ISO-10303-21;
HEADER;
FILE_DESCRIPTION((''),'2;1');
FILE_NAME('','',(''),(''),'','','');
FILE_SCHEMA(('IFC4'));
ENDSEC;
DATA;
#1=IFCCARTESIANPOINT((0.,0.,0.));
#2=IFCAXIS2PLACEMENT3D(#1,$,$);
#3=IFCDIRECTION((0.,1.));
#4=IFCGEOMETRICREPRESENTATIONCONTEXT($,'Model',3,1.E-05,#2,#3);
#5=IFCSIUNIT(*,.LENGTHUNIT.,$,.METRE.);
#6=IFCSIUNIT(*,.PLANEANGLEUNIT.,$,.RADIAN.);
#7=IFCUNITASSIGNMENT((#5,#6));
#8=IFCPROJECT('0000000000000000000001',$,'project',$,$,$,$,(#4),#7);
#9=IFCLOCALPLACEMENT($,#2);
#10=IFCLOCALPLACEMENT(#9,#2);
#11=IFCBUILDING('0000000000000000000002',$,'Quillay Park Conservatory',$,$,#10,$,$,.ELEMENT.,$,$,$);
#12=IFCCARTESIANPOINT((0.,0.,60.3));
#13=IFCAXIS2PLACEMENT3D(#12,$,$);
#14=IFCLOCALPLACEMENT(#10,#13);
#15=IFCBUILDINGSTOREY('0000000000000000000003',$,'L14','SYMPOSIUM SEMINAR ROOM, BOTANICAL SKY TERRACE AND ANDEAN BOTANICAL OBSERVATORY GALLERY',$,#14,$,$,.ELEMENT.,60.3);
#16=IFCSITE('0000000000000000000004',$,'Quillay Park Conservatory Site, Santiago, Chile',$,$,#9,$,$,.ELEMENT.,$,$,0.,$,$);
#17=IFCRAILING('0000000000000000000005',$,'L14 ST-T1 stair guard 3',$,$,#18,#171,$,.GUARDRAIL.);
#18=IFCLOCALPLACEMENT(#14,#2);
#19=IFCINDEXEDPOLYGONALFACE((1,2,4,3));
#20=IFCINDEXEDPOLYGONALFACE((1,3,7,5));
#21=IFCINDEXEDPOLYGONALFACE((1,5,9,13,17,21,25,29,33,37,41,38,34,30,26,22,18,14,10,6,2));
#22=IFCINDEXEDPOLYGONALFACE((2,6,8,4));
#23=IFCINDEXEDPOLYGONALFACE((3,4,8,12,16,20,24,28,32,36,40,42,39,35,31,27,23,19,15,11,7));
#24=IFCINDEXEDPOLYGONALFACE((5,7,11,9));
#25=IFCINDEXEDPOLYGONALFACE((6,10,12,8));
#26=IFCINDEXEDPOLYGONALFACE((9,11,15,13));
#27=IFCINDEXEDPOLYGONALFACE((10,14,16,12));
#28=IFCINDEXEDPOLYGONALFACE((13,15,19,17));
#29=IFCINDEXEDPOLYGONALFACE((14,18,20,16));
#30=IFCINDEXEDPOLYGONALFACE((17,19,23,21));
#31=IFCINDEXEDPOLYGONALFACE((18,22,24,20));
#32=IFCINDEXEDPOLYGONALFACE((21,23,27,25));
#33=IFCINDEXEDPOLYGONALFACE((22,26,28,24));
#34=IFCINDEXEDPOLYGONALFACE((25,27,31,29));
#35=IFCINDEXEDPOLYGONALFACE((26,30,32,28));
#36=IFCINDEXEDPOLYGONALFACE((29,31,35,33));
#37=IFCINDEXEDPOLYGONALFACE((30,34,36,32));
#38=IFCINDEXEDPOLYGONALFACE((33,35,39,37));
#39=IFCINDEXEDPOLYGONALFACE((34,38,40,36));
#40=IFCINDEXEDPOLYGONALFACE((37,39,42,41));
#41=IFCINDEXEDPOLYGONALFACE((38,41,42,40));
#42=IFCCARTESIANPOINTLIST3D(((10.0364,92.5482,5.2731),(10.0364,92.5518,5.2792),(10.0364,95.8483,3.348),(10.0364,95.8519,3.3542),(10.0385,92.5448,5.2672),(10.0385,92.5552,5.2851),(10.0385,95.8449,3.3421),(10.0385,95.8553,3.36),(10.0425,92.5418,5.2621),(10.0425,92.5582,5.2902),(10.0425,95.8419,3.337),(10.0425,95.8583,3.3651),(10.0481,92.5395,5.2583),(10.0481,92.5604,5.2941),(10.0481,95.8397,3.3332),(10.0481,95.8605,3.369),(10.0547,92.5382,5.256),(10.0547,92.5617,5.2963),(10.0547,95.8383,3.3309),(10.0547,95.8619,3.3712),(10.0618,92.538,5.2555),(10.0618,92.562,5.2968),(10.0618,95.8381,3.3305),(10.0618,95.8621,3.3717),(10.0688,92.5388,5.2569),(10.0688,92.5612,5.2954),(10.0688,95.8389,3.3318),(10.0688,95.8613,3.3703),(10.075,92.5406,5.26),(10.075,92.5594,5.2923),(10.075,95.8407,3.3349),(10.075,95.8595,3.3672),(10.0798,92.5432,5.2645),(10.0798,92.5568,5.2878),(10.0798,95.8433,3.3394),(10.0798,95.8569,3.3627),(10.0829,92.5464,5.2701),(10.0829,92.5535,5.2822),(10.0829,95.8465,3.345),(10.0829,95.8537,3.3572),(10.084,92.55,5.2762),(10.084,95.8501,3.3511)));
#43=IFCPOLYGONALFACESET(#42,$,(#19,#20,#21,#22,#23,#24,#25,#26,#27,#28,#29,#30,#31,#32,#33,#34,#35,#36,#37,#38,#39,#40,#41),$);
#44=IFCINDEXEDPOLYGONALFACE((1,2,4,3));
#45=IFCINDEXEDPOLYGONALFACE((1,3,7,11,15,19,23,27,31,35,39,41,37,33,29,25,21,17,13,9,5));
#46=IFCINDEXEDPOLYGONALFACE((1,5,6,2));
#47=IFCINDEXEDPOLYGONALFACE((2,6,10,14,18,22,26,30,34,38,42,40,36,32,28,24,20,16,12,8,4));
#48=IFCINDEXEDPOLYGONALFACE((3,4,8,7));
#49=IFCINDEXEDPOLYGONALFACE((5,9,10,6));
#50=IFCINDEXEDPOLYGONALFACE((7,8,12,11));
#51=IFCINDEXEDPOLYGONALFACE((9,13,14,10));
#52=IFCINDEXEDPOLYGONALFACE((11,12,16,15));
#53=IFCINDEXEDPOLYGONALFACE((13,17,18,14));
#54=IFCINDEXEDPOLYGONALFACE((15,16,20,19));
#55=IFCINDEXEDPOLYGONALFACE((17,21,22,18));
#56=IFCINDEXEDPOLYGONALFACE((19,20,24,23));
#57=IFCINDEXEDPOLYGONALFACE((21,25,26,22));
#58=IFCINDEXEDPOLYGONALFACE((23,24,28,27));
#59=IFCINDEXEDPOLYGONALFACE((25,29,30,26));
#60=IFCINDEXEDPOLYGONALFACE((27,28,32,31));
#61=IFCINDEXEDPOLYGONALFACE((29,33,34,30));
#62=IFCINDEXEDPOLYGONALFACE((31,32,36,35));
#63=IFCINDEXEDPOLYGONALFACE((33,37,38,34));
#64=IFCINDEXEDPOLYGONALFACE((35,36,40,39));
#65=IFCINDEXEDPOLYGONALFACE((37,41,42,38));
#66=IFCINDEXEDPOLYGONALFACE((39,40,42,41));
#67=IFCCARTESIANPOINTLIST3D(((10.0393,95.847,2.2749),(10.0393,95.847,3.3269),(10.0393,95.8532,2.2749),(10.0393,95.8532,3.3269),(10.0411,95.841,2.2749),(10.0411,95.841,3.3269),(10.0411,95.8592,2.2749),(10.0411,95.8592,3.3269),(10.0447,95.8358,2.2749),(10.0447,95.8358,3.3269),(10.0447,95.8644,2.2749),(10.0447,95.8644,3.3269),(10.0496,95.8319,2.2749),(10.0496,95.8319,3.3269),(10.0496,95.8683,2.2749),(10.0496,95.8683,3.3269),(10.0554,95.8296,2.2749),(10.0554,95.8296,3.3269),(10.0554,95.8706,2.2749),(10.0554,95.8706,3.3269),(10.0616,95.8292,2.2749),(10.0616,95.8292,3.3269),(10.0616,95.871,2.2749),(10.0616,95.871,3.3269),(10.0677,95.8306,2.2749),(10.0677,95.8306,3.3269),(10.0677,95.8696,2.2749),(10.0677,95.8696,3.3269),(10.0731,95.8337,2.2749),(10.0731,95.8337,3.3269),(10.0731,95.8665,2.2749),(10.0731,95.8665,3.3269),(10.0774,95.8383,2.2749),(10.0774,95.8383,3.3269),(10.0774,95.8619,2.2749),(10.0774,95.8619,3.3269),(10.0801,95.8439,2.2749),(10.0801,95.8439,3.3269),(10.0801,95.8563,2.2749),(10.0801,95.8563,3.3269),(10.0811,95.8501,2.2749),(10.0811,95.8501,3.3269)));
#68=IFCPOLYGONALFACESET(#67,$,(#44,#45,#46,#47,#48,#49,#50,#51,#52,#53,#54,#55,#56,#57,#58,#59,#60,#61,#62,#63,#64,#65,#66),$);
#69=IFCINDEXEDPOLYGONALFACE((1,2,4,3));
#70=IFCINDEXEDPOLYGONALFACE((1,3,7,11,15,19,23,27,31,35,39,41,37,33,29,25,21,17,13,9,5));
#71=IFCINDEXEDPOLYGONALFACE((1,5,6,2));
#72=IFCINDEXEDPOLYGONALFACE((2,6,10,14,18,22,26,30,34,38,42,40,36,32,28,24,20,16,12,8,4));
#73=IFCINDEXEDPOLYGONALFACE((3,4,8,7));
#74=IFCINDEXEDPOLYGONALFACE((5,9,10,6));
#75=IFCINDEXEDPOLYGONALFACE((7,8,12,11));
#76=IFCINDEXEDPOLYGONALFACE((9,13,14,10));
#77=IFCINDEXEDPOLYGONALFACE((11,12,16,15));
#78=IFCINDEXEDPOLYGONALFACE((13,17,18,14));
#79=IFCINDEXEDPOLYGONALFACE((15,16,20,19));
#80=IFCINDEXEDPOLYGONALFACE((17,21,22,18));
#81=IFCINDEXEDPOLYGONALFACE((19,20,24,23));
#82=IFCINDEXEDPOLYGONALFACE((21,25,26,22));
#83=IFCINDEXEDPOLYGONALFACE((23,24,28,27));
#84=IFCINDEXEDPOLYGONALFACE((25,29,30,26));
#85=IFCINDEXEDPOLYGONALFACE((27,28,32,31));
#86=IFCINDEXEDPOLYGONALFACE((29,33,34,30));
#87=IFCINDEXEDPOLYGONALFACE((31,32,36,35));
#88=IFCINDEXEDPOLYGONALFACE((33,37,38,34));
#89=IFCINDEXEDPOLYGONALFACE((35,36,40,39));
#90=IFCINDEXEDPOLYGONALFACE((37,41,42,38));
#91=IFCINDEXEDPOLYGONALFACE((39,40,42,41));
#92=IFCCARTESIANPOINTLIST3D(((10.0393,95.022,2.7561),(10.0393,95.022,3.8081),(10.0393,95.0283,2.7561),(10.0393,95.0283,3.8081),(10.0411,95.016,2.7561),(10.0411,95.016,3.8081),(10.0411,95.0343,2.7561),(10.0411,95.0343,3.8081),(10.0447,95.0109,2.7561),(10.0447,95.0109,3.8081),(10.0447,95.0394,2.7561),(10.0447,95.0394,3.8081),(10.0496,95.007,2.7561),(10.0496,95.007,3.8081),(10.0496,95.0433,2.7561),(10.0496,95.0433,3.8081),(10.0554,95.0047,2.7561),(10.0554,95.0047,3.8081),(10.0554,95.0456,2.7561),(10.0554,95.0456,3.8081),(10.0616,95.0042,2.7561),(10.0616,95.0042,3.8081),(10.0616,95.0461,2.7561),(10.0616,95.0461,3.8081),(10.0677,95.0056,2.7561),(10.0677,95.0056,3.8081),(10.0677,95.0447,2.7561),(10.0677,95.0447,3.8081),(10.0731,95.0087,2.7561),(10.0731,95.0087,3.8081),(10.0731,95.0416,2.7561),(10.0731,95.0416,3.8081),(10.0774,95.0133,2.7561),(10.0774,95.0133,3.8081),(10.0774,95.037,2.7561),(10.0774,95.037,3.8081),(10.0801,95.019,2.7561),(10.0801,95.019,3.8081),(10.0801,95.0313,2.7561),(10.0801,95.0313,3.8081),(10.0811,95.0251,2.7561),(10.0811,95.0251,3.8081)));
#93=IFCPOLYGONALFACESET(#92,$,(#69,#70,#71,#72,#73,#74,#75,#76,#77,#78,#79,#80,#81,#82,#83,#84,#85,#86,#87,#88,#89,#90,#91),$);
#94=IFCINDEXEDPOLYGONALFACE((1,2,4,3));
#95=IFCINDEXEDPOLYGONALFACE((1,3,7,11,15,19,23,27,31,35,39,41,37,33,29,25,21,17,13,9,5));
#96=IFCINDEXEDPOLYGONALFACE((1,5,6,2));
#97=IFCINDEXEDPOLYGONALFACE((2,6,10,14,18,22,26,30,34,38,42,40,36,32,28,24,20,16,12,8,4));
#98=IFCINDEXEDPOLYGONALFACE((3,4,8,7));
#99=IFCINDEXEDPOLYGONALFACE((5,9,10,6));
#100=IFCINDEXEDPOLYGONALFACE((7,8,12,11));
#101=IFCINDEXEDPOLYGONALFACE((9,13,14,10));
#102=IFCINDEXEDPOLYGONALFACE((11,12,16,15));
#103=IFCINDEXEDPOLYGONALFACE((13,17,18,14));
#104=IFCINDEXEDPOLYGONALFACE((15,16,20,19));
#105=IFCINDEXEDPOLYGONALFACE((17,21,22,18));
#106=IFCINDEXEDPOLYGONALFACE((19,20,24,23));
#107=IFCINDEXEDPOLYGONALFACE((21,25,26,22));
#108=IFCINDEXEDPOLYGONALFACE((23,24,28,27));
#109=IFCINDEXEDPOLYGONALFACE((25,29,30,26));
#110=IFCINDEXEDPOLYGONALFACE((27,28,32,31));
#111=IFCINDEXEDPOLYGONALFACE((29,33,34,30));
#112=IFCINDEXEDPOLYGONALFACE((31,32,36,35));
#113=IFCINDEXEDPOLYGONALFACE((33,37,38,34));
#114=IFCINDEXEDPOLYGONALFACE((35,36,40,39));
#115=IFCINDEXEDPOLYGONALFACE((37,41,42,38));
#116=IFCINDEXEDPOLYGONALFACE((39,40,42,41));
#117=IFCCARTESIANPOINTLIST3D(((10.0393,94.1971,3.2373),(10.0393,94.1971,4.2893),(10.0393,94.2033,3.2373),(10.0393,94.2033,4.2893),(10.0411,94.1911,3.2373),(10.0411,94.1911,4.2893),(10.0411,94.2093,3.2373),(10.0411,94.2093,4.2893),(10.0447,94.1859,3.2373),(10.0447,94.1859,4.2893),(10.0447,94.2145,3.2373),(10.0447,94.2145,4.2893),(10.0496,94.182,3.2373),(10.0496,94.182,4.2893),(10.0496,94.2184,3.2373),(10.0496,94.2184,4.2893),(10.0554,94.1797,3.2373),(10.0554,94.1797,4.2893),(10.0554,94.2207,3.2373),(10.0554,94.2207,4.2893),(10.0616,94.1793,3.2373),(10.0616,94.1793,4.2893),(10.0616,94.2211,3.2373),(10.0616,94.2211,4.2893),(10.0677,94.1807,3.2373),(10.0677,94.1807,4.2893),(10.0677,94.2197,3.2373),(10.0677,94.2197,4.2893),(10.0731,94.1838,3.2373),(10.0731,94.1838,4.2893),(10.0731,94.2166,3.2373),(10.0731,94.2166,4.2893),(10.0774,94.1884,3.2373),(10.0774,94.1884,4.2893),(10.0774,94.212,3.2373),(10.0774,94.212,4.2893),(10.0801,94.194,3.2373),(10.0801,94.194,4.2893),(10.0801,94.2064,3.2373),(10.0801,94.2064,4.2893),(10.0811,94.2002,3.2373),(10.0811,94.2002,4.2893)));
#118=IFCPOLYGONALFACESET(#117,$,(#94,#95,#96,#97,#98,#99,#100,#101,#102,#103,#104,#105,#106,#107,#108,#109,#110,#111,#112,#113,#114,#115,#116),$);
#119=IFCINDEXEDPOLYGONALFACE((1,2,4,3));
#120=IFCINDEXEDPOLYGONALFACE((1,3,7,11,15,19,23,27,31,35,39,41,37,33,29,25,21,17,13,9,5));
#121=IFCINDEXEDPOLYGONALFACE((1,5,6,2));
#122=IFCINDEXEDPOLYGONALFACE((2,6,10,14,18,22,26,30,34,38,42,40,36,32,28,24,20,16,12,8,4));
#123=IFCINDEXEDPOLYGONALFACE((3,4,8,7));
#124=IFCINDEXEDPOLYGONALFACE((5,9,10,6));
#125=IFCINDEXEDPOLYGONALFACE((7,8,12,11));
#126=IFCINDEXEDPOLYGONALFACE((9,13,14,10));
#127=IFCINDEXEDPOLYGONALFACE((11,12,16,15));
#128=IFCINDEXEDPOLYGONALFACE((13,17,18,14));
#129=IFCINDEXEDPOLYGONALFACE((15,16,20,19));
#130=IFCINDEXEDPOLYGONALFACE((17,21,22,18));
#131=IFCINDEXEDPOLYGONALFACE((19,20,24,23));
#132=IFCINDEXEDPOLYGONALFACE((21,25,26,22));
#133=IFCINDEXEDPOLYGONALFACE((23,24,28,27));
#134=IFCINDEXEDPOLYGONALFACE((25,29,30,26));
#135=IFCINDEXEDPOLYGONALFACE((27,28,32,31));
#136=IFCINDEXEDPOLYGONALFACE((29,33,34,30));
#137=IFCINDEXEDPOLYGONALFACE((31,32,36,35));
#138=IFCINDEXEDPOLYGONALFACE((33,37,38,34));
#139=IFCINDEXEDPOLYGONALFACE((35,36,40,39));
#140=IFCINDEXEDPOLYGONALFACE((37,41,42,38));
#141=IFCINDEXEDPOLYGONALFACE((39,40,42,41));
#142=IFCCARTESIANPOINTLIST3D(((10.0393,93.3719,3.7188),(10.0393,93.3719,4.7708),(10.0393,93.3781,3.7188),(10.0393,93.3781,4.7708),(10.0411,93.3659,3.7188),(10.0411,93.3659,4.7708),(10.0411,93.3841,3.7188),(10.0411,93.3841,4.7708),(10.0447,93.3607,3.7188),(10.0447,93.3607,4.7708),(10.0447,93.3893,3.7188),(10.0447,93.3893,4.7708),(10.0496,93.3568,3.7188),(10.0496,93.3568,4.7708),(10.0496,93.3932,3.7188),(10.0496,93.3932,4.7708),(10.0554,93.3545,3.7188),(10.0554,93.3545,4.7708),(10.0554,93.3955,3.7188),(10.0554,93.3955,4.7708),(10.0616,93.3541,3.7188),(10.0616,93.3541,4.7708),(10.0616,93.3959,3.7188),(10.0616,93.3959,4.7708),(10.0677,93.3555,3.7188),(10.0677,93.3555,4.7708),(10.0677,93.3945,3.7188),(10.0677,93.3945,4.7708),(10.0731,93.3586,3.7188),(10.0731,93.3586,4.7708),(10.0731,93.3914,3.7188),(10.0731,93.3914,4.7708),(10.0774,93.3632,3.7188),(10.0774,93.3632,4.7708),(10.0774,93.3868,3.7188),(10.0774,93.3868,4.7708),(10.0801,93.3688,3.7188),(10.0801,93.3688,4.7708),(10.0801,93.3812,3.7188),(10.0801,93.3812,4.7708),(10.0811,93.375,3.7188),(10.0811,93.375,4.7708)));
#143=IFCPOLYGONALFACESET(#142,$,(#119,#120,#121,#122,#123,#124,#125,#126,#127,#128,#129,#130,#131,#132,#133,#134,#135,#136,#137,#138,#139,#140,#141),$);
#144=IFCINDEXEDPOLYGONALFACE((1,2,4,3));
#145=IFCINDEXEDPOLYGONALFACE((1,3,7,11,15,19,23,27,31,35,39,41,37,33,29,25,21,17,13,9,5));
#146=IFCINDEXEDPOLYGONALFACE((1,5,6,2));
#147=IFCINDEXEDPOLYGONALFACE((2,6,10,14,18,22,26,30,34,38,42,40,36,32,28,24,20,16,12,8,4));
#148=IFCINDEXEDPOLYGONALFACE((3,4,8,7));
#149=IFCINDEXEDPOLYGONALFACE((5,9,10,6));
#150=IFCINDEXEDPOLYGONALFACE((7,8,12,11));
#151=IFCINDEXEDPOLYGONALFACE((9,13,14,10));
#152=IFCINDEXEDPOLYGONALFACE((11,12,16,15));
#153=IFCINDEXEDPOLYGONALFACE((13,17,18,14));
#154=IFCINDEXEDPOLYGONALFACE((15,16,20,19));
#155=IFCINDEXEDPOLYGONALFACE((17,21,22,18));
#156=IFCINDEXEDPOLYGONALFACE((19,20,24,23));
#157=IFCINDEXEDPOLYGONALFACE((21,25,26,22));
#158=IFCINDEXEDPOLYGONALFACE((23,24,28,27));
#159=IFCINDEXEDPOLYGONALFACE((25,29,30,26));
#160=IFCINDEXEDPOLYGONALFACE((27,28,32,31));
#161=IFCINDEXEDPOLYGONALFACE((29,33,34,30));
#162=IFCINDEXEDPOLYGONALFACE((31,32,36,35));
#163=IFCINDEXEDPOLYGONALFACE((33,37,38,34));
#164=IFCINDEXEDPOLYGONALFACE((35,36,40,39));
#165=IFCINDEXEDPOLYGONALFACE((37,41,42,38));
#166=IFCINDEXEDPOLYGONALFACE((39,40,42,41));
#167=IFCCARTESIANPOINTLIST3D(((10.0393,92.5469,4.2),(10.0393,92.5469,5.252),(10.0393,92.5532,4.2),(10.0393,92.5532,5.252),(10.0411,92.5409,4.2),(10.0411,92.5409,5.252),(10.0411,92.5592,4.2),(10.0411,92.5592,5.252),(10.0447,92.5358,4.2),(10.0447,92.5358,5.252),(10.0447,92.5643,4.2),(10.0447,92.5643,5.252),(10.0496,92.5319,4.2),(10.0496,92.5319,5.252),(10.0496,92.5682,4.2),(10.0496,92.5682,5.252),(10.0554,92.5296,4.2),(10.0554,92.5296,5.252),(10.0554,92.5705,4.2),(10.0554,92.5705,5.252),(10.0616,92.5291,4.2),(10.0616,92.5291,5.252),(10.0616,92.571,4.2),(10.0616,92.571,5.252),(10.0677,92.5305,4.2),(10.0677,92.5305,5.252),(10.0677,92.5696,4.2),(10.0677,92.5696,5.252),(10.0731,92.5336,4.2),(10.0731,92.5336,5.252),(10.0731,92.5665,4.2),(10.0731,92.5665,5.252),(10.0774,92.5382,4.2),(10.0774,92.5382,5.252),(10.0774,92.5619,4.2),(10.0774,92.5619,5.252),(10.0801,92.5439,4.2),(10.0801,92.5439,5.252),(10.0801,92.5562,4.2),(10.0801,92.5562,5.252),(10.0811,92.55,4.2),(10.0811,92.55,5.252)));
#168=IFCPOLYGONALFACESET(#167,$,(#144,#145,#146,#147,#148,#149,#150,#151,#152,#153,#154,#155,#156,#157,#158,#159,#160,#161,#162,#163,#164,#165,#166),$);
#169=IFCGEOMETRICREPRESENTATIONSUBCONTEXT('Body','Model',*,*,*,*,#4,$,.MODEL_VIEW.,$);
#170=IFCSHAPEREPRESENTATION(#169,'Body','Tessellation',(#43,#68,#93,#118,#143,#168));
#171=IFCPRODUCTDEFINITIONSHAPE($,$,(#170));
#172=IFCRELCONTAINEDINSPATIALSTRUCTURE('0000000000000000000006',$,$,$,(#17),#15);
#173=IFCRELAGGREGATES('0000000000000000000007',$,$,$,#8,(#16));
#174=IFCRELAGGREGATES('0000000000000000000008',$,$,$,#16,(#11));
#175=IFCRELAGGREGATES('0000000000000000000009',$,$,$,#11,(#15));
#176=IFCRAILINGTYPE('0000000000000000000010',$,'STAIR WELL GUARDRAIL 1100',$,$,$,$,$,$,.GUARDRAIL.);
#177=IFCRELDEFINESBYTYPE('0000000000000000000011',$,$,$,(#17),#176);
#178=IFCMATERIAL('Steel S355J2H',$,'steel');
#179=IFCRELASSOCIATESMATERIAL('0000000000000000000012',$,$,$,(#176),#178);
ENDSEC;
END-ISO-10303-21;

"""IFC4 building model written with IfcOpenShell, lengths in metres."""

from ifc_helpers import new_model, si_unit, direction, frame, origin, origin_2d, place, context, subcontext, project, spatial, circle, extrude, material, type_object, element, save


model = new_model("IFC4")

# Units and contexts
model_context = context("Model", 3, precision=1e-05, world=origin(), true_north=direction((0.0, 1.0)))
body_context = subcontext(model_context, "Body", "Model", "MODEL_VIEW")
ifc_project = project(units=[si_unit("LENGTHUNIT", "METRE"), si_unit("PLANEANGLEUNIT", "RADIAN")], contexts=[model_context])

# Site, building, storey
site_placement = place(None, origin())
site = spatial("IfcSite", under=ifc_project, at=site_placement, Name="Quillay Park Conservatory Site, Santiago, Chile", CompositionType="ELEMENT", RefElevation=0.0)
building_placement = place(site_placement, origin())
building = spatial("IfcBuilding", under=site, at=building_placement, Name="Quillay Park Conservatory", CompositionType="ELEMENT")
storey_placement = place(building_placement, frame((0.0, 0.0, 60.3)))
storey = spatial("IfcBuildingStorey", under=building, at=storey_placement, Name="L14", Description="SYMPOSIUM SEMINAR ROOM, BOTANICAL SKY TERRACE AND ANDEAN BOTANICAL OBSERVATORY GALLERY", CompositionType="ELEMENT", Elevation=60.3)

# Railing
ifc_material_1 = material(Name="Steel S355J2H", Category="steel")
railing_type_1 = type_object("IfcRailingType", Name="STAIR WELL GUARDRAIL 1100", PredefinedType="GUARDRAIL", material=ifc_material_1)
railing_1_placement = place(storey_placement, frame((10.0601, 95.8501, 2.2749)))
element("IfcRailing", 1, at=railing_1_placement, inside=storey, type_object=railing_type_1, Name="L14 ST-T1 stair guard 3", PredefinedType="GUARDRAIL", context=body_context, shape_type="SweptSolid", body=[
    extrude(circle(Radius=0.0239, at=origin_2d()), frame((0.0, 0.0, 1.0762), z_axis=(0.0, -0.863777, 0.503875), x_axis=(1.0, 0.0, 0.0)), (0.0, 0.0, 1.0), 3.8206),
    extrude(circle(Radius=0.021, at=origin_2d()), origin(), (0.0, 0.0, 1.0), 1.052),
    extrude(circle(Radius=0.021, at=origin_2d()), frame((0.0, -0.825, 0.4812)), (0.0, 0.0, 1.0), 1.052),
    extrude(circle(Radius=0.021, at=origin_2d()), frame((0.0, -1.6499, 0.9624)), (0.0, 0.0, 1.0), 1.052),
    extrude(circle(Radius=0.021, at=origin_2d()), frame((0.0, -2.4751, 1.4438)), (0.0, 0.0, 1.0), 1.052),
    extrude(circle(Radius=0.021, at=origin_2d()), frame((0.0, -3.3, 1.925)), (0.0, 0.0, 1.0), 1.052),
])

save(model, "model.ifc")
